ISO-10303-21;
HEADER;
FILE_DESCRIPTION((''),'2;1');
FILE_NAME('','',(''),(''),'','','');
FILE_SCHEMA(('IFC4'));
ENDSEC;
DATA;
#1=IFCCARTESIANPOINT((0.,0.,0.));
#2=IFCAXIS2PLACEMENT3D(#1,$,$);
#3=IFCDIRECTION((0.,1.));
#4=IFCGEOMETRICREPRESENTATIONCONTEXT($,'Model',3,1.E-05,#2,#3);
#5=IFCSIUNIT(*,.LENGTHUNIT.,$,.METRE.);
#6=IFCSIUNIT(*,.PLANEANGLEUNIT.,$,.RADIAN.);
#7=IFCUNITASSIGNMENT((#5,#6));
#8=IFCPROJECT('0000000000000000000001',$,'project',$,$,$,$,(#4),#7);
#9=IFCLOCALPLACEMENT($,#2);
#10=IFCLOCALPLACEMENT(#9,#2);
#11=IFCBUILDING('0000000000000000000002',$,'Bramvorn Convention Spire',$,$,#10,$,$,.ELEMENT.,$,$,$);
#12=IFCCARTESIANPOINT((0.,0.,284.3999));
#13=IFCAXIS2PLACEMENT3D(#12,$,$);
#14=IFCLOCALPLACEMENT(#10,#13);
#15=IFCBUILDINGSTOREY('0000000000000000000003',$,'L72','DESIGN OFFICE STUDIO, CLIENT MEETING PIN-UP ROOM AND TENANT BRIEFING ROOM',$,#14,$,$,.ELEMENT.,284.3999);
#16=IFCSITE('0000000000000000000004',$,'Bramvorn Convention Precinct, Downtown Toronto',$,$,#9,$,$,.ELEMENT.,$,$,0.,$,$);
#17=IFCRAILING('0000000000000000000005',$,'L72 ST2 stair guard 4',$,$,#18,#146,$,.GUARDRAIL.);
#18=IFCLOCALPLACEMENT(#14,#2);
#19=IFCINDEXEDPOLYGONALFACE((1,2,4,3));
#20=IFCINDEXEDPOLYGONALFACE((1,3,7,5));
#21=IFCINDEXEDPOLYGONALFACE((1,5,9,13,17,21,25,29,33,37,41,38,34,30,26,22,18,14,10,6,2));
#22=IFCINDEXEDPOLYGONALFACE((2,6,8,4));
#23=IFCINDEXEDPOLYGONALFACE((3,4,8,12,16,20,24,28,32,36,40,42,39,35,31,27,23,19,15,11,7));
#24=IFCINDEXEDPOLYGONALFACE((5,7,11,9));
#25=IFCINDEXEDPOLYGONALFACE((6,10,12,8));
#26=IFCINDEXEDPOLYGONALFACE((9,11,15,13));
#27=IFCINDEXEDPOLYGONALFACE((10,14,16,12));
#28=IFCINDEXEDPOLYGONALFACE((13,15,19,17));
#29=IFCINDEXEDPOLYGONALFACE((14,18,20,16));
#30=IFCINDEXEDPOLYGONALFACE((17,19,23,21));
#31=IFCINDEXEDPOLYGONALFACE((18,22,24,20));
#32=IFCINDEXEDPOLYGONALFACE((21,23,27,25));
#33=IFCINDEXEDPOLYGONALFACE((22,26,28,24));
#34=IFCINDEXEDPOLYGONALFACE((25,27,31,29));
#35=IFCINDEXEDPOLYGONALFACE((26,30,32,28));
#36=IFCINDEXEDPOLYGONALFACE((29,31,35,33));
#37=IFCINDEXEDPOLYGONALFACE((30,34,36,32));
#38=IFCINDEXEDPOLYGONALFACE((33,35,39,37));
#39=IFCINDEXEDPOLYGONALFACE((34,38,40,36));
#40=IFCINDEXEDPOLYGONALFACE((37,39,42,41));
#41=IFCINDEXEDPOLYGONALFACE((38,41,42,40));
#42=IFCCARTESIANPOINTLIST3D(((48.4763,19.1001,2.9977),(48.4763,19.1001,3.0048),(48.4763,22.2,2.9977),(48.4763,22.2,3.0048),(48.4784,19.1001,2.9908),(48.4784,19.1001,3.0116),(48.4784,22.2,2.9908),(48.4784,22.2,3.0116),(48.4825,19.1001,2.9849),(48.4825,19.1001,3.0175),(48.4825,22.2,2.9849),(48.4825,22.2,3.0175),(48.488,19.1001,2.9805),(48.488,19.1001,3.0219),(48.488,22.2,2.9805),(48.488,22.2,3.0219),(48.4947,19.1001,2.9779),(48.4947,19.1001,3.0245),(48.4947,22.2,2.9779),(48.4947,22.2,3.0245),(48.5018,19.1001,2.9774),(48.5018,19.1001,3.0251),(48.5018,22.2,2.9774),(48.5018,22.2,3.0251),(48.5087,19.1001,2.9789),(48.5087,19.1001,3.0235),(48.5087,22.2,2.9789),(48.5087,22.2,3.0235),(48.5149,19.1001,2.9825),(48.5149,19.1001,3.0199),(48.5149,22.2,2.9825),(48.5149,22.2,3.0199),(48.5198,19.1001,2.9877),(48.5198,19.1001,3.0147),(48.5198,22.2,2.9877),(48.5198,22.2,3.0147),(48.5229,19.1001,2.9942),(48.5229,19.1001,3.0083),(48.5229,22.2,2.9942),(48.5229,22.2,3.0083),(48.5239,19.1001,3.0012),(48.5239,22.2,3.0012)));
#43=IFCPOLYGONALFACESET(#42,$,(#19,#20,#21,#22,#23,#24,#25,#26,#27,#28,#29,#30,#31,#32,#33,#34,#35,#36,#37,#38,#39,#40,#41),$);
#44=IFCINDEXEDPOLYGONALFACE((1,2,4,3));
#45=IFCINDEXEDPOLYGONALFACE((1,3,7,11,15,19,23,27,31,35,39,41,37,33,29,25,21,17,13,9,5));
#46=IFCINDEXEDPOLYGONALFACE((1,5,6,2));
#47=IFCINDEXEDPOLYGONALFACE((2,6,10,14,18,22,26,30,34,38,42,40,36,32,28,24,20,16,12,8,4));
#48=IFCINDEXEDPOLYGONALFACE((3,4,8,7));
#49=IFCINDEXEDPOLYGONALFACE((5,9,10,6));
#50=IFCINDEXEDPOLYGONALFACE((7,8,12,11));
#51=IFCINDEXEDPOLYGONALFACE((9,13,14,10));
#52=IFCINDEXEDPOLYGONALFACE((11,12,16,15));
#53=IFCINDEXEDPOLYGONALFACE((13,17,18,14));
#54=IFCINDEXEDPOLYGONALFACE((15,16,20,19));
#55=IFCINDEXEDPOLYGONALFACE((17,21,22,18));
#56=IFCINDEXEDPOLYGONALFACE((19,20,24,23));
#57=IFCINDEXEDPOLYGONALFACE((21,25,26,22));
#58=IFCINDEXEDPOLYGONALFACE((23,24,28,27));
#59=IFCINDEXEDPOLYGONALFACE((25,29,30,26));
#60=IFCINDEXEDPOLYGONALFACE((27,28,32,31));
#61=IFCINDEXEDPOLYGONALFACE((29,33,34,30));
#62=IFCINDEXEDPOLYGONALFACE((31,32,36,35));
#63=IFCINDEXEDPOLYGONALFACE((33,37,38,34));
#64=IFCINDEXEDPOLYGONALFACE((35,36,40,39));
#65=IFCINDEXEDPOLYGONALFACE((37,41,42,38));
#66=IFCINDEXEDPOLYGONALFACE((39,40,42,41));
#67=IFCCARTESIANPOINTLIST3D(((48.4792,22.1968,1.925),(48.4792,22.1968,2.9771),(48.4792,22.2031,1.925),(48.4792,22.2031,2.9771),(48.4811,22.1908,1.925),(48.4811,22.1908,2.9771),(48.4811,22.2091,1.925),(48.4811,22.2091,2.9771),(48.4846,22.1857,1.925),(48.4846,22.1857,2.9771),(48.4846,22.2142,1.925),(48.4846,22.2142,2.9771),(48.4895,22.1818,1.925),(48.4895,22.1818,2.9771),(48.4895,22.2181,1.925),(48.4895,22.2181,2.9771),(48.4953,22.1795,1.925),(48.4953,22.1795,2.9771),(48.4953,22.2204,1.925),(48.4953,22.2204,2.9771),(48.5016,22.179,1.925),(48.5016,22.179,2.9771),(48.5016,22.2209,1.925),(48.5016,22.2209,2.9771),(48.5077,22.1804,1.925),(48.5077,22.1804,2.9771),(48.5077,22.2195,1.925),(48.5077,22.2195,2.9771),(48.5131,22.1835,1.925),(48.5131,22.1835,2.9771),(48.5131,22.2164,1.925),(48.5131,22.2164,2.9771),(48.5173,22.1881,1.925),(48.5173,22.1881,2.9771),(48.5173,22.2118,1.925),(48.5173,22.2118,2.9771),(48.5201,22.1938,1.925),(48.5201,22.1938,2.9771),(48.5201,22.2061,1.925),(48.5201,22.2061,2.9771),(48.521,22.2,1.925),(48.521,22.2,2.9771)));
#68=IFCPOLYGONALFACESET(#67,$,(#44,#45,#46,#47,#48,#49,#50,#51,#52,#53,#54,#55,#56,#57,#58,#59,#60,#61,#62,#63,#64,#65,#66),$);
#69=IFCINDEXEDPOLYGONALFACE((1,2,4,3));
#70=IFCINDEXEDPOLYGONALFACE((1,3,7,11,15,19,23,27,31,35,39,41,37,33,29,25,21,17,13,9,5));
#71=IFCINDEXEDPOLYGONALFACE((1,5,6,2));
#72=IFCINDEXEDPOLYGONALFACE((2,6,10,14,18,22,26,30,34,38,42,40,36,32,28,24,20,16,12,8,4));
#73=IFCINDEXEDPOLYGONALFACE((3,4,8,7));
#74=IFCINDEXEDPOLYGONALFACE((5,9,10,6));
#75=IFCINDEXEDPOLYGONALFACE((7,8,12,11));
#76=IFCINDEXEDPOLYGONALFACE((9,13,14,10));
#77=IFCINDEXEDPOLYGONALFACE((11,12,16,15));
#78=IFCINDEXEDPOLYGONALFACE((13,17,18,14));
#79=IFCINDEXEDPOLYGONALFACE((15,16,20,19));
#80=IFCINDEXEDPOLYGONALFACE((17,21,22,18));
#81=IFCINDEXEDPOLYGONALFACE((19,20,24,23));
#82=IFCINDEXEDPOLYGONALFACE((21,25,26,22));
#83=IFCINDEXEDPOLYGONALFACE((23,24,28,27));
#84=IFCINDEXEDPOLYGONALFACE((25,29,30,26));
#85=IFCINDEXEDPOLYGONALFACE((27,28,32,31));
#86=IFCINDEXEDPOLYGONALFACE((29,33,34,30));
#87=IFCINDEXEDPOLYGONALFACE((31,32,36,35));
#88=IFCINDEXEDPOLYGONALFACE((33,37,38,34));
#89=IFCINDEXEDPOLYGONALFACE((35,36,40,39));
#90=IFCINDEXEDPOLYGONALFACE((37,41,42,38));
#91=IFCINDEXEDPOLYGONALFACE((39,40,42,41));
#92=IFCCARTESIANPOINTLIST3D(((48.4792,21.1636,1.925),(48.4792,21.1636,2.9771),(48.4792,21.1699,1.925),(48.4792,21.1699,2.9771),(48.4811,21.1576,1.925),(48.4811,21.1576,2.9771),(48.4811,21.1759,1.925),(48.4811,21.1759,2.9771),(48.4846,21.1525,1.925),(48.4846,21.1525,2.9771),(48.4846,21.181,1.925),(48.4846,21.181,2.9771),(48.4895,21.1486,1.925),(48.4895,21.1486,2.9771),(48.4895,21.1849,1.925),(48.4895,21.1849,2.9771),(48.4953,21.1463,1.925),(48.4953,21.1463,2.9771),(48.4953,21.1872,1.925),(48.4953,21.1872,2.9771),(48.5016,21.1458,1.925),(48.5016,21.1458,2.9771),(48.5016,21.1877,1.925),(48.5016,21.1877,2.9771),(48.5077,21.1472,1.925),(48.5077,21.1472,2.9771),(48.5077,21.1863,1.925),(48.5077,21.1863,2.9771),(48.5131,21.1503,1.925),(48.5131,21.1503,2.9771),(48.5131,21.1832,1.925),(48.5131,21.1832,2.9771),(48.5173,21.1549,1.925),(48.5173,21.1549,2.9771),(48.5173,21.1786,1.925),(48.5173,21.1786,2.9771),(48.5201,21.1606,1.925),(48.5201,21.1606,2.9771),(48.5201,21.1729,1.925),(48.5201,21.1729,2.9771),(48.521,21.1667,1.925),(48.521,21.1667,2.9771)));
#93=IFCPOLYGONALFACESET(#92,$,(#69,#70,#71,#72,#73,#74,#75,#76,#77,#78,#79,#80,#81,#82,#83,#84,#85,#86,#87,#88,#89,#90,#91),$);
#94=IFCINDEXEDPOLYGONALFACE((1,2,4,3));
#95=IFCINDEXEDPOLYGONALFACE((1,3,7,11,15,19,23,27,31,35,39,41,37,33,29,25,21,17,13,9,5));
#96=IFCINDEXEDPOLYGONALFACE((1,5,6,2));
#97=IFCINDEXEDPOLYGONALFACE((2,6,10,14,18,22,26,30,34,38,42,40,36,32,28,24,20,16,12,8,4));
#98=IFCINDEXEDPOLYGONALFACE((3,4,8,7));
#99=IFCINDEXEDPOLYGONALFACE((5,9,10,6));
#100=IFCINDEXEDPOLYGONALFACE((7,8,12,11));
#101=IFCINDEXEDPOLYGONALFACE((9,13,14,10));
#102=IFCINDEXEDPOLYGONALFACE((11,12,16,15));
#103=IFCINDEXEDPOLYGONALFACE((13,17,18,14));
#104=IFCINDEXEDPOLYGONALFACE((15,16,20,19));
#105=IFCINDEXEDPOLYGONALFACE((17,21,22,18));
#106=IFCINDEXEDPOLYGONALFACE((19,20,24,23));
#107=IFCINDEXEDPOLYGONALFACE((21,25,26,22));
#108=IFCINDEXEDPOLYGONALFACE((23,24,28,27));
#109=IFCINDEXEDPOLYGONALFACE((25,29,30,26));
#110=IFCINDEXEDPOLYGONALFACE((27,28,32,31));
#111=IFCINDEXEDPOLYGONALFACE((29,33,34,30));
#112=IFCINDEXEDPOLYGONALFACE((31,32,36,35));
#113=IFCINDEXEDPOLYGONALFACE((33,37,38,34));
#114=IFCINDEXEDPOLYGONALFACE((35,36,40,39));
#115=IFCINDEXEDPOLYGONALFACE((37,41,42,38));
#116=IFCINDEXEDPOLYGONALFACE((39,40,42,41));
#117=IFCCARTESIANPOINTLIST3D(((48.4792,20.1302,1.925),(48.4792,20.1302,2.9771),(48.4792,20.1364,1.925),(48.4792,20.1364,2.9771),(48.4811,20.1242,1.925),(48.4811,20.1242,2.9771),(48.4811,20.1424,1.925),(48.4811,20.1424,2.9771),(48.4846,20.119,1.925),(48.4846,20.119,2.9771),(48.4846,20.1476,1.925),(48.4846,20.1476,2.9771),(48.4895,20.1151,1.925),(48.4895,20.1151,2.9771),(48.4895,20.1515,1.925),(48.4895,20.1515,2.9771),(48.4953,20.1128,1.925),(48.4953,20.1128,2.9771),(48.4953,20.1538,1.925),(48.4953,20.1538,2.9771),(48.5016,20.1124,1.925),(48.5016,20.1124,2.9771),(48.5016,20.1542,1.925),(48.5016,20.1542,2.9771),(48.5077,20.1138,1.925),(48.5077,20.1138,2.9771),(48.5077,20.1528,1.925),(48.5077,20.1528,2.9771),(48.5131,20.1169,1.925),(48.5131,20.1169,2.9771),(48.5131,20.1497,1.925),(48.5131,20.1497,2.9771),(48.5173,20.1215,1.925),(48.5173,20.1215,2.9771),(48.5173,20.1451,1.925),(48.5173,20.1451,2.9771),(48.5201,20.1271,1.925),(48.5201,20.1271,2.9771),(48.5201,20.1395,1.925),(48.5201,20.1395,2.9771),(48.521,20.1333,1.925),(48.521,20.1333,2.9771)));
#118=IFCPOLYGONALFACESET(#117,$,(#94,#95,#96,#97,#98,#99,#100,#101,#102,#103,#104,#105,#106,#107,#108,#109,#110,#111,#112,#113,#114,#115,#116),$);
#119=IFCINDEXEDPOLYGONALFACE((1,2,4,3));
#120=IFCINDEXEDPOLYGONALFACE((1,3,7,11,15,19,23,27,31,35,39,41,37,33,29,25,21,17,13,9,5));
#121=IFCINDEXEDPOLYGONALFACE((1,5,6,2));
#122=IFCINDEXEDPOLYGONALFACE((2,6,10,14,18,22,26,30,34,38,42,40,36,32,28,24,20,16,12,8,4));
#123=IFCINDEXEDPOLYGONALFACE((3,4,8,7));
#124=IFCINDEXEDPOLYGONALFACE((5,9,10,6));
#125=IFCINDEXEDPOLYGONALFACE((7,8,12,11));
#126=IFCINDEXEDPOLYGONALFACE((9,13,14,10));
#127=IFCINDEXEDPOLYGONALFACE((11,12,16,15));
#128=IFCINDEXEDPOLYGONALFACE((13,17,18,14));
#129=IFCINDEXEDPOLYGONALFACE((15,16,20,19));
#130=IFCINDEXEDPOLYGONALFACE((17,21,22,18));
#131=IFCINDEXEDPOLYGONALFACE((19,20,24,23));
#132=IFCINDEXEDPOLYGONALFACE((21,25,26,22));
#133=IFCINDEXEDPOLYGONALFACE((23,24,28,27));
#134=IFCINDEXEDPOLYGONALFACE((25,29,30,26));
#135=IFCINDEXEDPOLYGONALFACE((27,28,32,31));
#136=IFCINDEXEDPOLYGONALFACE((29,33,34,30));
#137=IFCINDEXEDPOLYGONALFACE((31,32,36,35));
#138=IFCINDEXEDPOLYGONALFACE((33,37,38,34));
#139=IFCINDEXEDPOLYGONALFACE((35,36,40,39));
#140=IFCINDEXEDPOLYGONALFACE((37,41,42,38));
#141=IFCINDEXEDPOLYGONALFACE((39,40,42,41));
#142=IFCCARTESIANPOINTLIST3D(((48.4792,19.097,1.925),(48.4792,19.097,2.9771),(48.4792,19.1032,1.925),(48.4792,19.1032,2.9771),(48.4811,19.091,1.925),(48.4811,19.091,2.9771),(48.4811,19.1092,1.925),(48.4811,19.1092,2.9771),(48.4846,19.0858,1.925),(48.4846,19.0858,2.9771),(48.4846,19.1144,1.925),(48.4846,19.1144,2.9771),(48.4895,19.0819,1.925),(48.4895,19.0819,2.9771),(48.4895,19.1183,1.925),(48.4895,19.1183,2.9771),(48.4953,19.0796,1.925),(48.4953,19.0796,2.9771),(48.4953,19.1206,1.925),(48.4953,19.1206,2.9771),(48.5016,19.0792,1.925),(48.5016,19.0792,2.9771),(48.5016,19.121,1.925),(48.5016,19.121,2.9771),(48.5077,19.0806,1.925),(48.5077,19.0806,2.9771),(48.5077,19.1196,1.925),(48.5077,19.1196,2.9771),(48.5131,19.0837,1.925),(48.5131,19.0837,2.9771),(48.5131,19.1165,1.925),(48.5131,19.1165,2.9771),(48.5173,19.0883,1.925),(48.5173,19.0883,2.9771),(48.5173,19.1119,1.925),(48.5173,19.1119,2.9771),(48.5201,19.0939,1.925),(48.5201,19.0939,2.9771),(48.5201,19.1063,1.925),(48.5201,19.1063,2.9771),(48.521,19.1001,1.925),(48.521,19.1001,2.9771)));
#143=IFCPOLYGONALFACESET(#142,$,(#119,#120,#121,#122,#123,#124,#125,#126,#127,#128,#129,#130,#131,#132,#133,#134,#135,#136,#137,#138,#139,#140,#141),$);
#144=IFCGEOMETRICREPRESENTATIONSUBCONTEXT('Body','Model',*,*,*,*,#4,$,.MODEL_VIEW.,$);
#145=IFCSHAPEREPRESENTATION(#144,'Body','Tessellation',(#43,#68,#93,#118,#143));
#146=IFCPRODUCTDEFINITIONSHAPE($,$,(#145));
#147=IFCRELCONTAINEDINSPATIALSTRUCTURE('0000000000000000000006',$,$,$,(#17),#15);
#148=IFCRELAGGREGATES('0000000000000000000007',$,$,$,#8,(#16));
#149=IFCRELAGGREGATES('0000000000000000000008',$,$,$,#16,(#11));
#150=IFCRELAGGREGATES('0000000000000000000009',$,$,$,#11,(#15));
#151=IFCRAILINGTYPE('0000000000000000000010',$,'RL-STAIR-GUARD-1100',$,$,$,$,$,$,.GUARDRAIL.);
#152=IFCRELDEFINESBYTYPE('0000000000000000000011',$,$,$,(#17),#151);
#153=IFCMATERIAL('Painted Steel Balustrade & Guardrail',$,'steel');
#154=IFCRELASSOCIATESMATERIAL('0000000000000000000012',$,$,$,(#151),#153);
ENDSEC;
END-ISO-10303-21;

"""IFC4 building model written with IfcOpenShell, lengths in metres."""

from ifc_helpers import new_model, si_unit, direction, frame, origin, origin_2d, place, context, subcontext, project, spatial, circle, extrude, material, type_object, element, save


model = new_model("IFC4")

# Units and contexts
model_context = context("Model", 3, precision=1e-05, world=origin(), true_north=direction((0.0, 1.0)))
body_context = subcontext(model_context, "Body", "Model", "MODEL_VIEW")
ifc_project = project(units=[si_unit("LENGTHUNIT", "METRE"), si_unit("PLANEANGLEUNIT", "RADIAN")], contexts=[model_context])

# Site, building, storey
site_placement = place(None, origin())
site = spatial("IfcSite", under=ifc_project, at=site_placement, Name="Bramvorn Convention Precinct, Downtown Toronto", CompositionType="ELEMENT", RefElevation=0.0)
building_placement = place(site_placement, origin())
building = spatial("IfcBuilding", under=site, at=building_placement, Name="Bramvorn Convention Spire", CompositionType="ELEMENT")
storey_placement = place(building_placement, frame((0.0, 0.0, 284.3999)))
storey = spatial("IfcBuildingStorey", under=building, at=storey_placement, Name="L72", Description="DESIGN OFFICE STUDIO, CLIENT MEETING PIN-UP ROOM AND TENANT BRIEFING ROOM", CompositionType="ELEMENT", Elevation=284.3999)

# Railing
ifc_material_1 = material(Name="Painted Steel Balustrade & Guardrail", Category="steel")
railing_type_1 = type_object("IfcRailingType", Name="RL-STAIR-GUARD-1100", PredefinedType="GUARDRAIL", material=ifc_material_1)
railing_1_placement = place(storey_placement, frame((48.5, 22.2, 1.925)))
element("IfcRailing", 1, at=railing_1_placement, inside=storey, type_object=railing_type_1, Name="L72 ST2 stair guard 4", PredefinedType="GUARDRAIL", context=body_context, shape_type="SweptSolid", body=[
    extrude(circle(Radius=0.0239, at=origin_2d()), frame((0.0, 0.0, 1.0762), z_axis=(0.0, -1.0, 0.0), x_axis=(1.0, 0.0, 0.0)), (0.0, 0.0, 1.0), 3.0999),
    extrude(circle(Radius=0.021, at=origin_2d()), origin(), (0.0, 0.0, 1.0), 1.052),
    extrude(circle(Radius=0.021, at=origin_2d()), frame((0.0, -1.0332, 0.0)), (0.0, 0.0, 1.0), 1.052),
    extrude(circle(Radius=0.021, at=origin_2d()), frame((0.0, -2.0667, 0.0)), (0.0, 0.0, 1.0), 1.052),
    extrude(circle(Radius=0.021, at=origin_2d()), frame((0.0, -3.0999, 0.0)), (0.0, 0.0, 1.0), 1.052),
])

save(model, "model.ifc")
